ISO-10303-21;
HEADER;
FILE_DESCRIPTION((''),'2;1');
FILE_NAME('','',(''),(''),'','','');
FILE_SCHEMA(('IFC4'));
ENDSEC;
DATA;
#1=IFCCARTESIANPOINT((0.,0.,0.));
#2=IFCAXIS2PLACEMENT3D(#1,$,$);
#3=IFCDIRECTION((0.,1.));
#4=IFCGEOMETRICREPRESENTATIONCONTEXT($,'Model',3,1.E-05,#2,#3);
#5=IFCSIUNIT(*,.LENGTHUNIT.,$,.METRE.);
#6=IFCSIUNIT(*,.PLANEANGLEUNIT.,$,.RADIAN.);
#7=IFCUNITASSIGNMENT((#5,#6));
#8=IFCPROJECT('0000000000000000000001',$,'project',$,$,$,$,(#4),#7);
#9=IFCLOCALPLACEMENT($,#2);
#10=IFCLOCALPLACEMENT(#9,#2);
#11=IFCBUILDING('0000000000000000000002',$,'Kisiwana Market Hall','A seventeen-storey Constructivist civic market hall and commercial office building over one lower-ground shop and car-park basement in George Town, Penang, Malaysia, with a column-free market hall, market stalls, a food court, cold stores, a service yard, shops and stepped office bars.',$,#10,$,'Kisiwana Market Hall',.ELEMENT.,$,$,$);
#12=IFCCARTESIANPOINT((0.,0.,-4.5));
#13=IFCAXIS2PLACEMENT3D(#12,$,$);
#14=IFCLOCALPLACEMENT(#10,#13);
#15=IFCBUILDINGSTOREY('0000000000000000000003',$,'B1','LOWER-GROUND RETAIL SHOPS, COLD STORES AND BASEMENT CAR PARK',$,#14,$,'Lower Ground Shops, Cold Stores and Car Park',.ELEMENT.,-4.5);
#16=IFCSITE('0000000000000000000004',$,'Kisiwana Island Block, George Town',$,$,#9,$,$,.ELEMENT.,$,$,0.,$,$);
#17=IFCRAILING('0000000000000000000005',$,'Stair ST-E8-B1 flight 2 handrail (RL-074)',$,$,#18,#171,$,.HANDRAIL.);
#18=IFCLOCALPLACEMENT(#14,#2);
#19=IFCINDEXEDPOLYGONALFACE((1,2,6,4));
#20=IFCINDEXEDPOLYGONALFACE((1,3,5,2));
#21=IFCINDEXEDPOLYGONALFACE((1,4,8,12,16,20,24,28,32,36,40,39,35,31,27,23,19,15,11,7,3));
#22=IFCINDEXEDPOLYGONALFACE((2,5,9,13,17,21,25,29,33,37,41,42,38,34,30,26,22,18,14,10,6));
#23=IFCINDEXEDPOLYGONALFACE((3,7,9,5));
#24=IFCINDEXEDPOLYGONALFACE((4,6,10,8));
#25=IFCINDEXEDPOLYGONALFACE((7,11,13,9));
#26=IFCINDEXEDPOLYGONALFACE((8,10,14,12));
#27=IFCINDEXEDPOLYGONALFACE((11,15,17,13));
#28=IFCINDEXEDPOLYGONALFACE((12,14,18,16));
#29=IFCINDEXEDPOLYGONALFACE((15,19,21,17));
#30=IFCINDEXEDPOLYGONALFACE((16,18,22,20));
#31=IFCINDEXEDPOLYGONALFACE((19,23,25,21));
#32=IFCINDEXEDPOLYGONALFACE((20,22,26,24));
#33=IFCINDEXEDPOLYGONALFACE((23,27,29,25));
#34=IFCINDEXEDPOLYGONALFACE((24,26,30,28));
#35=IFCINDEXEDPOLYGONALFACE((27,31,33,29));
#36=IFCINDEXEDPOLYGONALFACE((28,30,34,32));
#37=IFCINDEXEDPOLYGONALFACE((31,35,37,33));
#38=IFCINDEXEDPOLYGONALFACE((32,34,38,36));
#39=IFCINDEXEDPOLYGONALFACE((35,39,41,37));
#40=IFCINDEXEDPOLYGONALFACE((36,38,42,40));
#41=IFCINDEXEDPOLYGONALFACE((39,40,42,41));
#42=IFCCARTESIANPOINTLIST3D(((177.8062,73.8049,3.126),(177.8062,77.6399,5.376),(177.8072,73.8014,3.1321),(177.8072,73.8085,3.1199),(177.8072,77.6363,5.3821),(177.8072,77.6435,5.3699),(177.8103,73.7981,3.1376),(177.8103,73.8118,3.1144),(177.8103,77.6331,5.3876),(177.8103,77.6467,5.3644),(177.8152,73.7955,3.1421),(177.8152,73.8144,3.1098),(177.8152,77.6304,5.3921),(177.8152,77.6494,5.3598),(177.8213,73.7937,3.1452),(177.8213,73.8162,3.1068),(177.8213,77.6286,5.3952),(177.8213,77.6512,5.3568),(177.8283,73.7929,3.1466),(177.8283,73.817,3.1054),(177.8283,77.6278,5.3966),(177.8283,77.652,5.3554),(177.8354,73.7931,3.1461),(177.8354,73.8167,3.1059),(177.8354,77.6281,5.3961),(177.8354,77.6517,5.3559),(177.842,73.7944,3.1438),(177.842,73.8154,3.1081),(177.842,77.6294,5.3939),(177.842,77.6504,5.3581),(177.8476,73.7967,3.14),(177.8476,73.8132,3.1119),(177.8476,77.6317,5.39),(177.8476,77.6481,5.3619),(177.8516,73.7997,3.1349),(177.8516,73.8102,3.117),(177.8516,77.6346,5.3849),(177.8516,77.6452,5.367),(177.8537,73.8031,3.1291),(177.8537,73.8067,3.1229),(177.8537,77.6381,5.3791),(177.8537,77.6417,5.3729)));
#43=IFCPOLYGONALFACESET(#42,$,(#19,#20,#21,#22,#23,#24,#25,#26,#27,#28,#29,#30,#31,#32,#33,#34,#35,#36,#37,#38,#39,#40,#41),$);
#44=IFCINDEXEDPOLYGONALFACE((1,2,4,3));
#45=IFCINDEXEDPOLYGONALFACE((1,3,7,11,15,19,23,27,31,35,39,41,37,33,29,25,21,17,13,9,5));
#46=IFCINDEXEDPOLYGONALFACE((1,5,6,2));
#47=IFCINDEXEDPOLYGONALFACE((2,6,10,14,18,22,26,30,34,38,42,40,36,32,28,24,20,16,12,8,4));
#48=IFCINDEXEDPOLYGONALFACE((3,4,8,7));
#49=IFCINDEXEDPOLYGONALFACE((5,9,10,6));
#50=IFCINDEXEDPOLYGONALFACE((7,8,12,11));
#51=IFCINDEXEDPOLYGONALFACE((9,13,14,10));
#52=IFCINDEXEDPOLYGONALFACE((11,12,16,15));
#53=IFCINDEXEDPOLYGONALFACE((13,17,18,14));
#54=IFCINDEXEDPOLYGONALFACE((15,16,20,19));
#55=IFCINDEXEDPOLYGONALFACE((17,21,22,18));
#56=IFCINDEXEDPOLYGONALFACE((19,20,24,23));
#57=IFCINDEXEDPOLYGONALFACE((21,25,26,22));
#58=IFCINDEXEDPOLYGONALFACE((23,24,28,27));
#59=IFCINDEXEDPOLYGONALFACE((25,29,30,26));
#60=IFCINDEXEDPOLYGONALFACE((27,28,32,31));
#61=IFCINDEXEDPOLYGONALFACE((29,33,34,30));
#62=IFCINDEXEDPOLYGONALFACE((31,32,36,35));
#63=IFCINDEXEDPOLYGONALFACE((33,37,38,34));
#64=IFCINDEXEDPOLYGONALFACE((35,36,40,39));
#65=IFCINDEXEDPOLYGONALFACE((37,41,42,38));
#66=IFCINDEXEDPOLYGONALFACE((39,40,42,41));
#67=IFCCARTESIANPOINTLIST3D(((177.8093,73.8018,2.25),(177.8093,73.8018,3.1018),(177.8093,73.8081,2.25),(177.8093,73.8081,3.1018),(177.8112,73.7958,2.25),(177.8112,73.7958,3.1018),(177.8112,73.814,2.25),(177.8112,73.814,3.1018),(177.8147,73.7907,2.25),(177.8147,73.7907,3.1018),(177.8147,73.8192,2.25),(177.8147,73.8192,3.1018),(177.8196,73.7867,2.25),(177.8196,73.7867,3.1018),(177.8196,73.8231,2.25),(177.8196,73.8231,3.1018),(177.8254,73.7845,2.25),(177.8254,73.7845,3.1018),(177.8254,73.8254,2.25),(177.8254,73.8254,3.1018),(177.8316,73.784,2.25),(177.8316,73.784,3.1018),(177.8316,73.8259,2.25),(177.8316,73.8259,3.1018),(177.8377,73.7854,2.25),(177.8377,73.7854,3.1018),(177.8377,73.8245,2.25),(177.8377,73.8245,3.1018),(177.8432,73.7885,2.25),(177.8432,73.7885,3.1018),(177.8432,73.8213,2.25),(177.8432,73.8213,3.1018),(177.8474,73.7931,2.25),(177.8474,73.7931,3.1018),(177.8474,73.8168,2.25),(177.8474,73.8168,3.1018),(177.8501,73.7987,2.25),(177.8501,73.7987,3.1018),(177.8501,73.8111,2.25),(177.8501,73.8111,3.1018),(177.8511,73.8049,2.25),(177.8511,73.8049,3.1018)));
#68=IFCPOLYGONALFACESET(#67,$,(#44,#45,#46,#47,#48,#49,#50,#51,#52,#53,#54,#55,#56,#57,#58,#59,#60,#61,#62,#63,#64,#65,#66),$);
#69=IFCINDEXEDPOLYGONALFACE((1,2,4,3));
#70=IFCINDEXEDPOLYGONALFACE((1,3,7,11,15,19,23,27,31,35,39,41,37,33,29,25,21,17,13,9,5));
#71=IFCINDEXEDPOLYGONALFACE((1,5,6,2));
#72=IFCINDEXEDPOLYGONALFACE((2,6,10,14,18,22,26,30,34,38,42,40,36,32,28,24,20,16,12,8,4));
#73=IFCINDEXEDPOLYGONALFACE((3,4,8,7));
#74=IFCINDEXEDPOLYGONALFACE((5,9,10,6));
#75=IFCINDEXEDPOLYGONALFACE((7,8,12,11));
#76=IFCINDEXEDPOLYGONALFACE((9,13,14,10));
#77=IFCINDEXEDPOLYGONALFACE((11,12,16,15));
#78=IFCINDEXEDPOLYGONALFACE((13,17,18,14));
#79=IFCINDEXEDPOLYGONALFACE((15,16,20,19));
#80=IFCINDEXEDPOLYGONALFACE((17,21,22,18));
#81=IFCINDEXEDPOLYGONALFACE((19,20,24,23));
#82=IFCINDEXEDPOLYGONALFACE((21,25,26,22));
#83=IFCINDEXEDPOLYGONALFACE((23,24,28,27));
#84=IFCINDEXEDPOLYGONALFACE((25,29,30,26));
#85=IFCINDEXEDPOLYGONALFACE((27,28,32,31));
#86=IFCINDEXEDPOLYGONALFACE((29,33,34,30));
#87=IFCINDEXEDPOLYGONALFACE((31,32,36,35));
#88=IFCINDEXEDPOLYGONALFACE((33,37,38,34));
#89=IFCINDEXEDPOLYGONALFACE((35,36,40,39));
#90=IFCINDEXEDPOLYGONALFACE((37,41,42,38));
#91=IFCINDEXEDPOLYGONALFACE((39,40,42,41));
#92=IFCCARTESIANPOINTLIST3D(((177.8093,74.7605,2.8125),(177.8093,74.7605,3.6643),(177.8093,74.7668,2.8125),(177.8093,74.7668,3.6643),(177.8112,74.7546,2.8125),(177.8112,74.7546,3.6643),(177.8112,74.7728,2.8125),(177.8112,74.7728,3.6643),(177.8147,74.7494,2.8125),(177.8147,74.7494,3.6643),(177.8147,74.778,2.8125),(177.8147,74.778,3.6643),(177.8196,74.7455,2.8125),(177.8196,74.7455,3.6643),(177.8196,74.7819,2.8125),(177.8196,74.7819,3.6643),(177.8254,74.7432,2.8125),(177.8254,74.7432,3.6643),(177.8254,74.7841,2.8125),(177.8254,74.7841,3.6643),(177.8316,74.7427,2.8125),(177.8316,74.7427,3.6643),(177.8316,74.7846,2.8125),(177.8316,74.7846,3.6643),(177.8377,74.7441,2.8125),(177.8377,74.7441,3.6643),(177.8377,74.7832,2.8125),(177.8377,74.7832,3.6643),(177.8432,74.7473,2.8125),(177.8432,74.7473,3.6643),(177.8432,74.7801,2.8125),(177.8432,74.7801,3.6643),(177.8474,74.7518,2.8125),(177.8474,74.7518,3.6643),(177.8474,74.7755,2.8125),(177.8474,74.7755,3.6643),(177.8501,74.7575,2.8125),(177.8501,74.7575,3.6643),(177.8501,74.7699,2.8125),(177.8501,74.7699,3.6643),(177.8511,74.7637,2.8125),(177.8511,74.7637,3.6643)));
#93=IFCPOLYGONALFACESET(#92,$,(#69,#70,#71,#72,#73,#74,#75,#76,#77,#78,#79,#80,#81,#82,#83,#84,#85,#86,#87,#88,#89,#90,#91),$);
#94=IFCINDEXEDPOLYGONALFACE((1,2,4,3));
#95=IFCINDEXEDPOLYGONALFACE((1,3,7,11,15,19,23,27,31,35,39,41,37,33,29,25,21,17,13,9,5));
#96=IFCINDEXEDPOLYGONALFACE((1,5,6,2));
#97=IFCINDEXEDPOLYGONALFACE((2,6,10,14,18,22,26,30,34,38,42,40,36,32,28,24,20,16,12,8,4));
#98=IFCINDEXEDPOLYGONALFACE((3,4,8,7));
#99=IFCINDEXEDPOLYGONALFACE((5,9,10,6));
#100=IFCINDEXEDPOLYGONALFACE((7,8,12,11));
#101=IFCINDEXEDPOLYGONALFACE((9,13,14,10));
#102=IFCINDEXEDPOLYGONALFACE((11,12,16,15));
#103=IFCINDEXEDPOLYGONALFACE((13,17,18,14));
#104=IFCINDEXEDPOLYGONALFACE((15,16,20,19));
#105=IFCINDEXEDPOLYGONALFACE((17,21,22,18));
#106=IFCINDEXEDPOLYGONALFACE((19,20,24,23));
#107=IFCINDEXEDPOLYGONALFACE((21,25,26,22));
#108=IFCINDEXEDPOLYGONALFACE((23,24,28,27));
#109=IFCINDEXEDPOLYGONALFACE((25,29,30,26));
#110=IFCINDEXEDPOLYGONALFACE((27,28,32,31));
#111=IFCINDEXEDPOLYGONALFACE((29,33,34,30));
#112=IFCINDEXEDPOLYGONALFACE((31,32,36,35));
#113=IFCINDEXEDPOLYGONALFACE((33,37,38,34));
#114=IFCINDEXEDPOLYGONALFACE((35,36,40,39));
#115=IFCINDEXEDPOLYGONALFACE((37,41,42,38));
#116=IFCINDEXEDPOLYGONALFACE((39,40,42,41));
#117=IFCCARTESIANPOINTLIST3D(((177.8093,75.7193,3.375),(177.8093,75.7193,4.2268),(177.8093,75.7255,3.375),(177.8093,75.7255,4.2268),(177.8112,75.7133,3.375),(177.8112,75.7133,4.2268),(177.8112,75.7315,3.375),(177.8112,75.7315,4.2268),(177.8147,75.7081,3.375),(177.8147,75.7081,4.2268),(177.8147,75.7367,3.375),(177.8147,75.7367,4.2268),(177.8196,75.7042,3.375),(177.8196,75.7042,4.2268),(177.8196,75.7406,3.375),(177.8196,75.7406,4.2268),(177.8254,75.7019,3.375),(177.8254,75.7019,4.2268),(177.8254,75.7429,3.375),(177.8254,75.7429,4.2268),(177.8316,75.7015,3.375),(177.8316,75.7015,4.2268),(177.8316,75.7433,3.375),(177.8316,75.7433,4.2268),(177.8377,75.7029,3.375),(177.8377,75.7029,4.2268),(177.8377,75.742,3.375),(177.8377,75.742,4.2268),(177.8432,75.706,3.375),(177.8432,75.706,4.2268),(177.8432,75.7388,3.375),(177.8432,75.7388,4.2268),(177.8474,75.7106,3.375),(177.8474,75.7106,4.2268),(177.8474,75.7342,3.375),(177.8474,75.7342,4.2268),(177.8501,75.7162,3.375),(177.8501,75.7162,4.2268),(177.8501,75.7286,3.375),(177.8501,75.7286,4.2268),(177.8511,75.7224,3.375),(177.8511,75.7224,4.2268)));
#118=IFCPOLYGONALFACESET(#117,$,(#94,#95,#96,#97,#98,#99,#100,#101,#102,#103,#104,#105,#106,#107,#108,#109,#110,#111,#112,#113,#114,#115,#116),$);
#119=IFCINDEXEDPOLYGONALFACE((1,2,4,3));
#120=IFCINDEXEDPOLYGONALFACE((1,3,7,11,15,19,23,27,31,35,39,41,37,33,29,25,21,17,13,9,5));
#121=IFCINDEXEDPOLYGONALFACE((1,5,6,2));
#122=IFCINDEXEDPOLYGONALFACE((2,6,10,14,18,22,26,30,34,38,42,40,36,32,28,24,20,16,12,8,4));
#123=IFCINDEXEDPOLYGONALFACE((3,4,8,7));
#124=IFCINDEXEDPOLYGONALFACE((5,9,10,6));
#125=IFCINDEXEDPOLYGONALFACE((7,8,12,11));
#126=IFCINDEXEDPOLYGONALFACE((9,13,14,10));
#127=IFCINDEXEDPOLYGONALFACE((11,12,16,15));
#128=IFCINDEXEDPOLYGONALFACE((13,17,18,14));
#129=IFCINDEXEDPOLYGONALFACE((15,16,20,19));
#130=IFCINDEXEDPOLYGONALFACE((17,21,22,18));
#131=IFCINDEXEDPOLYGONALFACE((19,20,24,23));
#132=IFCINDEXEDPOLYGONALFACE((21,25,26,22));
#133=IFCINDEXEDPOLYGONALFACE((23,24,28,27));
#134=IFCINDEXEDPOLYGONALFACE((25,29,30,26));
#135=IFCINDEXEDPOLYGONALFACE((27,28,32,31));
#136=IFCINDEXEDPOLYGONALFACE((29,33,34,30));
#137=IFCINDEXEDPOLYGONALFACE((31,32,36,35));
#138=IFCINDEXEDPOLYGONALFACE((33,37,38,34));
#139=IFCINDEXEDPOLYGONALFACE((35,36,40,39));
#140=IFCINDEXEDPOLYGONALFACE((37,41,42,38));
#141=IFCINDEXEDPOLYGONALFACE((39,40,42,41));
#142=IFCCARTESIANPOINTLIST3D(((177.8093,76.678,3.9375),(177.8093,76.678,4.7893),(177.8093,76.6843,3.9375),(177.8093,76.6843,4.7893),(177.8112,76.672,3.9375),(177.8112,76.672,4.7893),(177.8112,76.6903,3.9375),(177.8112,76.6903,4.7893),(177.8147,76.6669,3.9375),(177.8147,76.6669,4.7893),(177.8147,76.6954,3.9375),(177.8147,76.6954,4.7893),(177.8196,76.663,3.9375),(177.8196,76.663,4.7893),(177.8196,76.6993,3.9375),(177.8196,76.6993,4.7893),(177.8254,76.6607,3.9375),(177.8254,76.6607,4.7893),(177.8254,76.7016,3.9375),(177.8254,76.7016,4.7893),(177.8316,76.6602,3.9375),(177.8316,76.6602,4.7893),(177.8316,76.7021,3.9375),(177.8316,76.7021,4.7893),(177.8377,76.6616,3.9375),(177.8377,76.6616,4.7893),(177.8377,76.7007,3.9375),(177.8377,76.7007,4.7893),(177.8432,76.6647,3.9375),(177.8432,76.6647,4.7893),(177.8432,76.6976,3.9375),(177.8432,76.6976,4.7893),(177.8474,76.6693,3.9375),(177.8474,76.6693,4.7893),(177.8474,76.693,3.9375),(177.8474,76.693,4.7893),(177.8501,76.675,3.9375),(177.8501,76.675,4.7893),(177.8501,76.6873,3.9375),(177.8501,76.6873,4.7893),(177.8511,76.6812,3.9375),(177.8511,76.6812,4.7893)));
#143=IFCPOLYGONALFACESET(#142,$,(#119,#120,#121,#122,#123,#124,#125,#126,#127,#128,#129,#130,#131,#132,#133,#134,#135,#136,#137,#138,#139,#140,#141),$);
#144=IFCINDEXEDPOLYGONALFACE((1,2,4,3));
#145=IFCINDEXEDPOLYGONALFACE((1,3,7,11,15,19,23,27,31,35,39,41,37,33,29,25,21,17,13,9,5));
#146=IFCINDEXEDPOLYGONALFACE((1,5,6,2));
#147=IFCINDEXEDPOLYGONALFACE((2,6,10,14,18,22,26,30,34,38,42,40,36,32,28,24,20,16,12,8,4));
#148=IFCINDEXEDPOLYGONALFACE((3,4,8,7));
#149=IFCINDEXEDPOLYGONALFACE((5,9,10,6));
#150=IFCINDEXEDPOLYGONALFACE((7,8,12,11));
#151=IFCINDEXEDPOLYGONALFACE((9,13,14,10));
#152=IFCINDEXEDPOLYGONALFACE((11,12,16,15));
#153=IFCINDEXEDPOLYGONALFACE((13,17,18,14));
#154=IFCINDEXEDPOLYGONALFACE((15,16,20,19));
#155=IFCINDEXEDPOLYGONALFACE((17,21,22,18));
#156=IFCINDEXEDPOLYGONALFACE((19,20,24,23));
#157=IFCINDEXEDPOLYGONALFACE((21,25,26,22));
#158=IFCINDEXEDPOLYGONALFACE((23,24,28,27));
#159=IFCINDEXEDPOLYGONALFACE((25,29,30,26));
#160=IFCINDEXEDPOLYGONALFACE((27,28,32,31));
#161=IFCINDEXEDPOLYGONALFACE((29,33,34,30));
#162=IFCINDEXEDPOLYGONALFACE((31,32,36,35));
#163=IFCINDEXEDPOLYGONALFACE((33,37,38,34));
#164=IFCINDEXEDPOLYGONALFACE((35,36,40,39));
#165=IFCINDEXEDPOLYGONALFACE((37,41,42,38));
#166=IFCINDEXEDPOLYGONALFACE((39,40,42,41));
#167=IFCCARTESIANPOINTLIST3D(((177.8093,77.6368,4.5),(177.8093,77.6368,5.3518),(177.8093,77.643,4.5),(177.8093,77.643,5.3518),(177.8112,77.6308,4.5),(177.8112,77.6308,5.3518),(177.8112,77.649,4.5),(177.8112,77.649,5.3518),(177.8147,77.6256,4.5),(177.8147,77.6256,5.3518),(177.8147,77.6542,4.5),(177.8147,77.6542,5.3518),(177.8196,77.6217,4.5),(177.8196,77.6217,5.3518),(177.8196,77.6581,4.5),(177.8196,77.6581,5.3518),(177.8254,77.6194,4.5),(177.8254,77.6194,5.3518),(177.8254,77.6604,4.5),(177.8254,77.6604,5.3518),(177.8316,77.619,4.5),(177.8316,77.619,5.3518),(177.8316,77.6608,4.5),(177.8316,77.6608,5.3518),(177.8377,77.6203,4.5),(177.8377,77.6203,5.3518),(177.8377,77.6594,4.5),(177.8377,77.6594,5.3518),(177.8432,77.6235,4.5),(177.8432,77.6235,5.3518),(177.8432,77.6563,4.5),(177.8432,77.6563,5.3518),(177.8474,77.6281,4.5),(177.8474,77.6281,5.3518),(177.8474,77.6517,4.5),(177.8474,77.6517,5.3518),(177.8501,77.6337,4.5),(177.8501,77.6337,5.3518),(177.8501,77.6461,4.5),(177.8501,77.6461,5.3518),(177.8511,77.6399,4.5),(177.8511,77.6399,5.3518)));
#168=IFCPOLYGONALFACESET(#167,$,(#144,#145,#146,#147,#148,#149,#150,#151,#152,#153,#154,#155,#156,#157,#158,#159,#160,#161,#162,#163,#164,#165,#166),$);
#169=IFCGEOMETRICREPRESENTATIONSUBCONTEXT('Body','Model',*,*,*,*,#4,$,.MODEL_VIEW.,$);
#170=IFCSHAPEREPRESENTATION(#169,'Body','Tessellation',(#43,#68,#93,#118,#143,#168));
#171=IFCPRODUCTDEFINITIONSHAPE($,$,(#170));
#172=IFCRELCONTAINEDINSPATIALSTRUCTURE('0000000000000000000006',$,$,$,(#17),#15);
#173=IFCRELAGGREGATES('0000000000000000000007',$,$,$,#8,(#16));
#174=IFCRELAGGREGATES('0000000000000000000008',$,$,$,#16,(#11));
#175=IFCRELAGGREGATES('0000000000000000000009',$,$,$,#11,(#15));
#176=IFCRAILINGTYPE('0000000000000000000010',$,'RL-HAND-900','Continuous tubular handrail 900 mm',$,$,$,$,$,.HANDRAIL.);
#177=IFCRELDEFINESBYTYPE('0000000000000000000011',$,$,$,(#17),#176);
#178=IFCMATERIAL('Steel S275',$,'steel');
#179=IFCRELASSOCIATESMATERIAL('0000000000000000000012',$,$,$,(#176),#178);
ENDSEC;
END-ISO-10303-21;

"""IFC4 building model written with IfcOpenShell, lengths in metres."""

from ifc_helpers import new_model, si_unit, direction, frame, origin, origin_2d, place, context, subcontext, project, spatial, circle, extrude, material, type_object, element, save


model = new_model("IFC4")

# Units and contexts
model_context = context("Model", 3, precision=1e-05, world=origin(), true_north=direction((0.0, 1.0)))
body_context = subcontext(model_context, "Body", "Model", "MODEL_VIEW")
ifc_project = project(units=[si_unit("LENGTHUNIT", "METRE"), si_unit("PLANEANGLEUNIT", "RADIAN")], contexts=[model_context])

# Site, building, storey
site_placement = place(None, origin())
site = spatial("IfcSite", under=ifc_project, at=site_placement, Name="Kisiwana Island Block, George Town", CompositionType="ELEMENT", RefElevation=0.0)
building_placement = place(site_placement, origin())
building = spatial("IfcBuilding", under=site, at=building_placement, Name="Kisiwana Market Hall", Description="A seventeen-storey Constructivist civic market hall and commercial office building over one lower-ground shop and car-park basement in George Town, Penang, Malaysia, with a column-free market hall, market stalls, a food court, cold stores, a service yard, shops and stepped office bars.", LongName="Kisiwana Market Hall", CompositionType="ELEMENT")
storey_placement = place(building_placement, frame((0.0, 0.0, -4.5)))
storey = spatial("IfcBuildingStorey", under=building, at=storey_placement, Name="B1", Description="LOWER-GROUND RETAIL SHOPS, COLD STORES AND BASEMENT CAR PARK", LongName="Lower Ground Shops, Cold Stores and Car Park", CompositionType="ELEMENT", Elevation=-4.5)

# Railing
ifc_material_1 = material(Name="Steel S275", Category="steel")
railing_type_1 = type_object("IfcRailingType", Name="RL-HAND-900", Description="Continuous tubular handrail 900 mm", PredefinedType="HANDRAIL", material=ifc_material_1)
railing_1_placement = place(storey_placement, frame((177.8301, 73.8049, 2.25)))
element("IfcRailing", 1, at=railing_1_placement, inside=storey, type_object=railing_type_1, Name="Stair ST-E8-B1 flight 2 handrail (RL-074)", PredefinedType="HANDRAIL", context=body_context, shape_type="SweptSolid", body=[
    extrude(circle(Radius=0.0239, at=origin_2d()), frame((0.0, 0.0, 0.876), z_axis=(0.0, 0.86251, 0.506041), x_axis=(-1.0, 0.0, 0.0)), (0.0, 0.0, 1.0), 4.4463),
    extrude(circle(Radius=0.021, at=origin_2d()), origin(), (0.0, 0.0, 1.0), 0.8518),
    extrude(circle(Radius=0.021, at=origin_2d()), frame((0.0, 0.9587, 0.5625)), (0.0, 0.0, 1.0), 0.8518),
    extrude(circle(Radius=0.021, at=origin_2d()), frame((0.0, 1.9175, 1.125)), (0.0, 0.0, 1.0), 0.8518),
    extrude(circle(Radius=0.021, at=origin_2d()), frame((0.0, 2.8762, 1.6875)), (0.0, 0.0, 1.0), 0.8518),
    extrude(circle(Radius=0.021, at=origin_2d()), frame((0.0, 3.835, 2.25)), (0.0, 0.0, 1.0), 0.8518),
])

save(model, "model.ifc")
